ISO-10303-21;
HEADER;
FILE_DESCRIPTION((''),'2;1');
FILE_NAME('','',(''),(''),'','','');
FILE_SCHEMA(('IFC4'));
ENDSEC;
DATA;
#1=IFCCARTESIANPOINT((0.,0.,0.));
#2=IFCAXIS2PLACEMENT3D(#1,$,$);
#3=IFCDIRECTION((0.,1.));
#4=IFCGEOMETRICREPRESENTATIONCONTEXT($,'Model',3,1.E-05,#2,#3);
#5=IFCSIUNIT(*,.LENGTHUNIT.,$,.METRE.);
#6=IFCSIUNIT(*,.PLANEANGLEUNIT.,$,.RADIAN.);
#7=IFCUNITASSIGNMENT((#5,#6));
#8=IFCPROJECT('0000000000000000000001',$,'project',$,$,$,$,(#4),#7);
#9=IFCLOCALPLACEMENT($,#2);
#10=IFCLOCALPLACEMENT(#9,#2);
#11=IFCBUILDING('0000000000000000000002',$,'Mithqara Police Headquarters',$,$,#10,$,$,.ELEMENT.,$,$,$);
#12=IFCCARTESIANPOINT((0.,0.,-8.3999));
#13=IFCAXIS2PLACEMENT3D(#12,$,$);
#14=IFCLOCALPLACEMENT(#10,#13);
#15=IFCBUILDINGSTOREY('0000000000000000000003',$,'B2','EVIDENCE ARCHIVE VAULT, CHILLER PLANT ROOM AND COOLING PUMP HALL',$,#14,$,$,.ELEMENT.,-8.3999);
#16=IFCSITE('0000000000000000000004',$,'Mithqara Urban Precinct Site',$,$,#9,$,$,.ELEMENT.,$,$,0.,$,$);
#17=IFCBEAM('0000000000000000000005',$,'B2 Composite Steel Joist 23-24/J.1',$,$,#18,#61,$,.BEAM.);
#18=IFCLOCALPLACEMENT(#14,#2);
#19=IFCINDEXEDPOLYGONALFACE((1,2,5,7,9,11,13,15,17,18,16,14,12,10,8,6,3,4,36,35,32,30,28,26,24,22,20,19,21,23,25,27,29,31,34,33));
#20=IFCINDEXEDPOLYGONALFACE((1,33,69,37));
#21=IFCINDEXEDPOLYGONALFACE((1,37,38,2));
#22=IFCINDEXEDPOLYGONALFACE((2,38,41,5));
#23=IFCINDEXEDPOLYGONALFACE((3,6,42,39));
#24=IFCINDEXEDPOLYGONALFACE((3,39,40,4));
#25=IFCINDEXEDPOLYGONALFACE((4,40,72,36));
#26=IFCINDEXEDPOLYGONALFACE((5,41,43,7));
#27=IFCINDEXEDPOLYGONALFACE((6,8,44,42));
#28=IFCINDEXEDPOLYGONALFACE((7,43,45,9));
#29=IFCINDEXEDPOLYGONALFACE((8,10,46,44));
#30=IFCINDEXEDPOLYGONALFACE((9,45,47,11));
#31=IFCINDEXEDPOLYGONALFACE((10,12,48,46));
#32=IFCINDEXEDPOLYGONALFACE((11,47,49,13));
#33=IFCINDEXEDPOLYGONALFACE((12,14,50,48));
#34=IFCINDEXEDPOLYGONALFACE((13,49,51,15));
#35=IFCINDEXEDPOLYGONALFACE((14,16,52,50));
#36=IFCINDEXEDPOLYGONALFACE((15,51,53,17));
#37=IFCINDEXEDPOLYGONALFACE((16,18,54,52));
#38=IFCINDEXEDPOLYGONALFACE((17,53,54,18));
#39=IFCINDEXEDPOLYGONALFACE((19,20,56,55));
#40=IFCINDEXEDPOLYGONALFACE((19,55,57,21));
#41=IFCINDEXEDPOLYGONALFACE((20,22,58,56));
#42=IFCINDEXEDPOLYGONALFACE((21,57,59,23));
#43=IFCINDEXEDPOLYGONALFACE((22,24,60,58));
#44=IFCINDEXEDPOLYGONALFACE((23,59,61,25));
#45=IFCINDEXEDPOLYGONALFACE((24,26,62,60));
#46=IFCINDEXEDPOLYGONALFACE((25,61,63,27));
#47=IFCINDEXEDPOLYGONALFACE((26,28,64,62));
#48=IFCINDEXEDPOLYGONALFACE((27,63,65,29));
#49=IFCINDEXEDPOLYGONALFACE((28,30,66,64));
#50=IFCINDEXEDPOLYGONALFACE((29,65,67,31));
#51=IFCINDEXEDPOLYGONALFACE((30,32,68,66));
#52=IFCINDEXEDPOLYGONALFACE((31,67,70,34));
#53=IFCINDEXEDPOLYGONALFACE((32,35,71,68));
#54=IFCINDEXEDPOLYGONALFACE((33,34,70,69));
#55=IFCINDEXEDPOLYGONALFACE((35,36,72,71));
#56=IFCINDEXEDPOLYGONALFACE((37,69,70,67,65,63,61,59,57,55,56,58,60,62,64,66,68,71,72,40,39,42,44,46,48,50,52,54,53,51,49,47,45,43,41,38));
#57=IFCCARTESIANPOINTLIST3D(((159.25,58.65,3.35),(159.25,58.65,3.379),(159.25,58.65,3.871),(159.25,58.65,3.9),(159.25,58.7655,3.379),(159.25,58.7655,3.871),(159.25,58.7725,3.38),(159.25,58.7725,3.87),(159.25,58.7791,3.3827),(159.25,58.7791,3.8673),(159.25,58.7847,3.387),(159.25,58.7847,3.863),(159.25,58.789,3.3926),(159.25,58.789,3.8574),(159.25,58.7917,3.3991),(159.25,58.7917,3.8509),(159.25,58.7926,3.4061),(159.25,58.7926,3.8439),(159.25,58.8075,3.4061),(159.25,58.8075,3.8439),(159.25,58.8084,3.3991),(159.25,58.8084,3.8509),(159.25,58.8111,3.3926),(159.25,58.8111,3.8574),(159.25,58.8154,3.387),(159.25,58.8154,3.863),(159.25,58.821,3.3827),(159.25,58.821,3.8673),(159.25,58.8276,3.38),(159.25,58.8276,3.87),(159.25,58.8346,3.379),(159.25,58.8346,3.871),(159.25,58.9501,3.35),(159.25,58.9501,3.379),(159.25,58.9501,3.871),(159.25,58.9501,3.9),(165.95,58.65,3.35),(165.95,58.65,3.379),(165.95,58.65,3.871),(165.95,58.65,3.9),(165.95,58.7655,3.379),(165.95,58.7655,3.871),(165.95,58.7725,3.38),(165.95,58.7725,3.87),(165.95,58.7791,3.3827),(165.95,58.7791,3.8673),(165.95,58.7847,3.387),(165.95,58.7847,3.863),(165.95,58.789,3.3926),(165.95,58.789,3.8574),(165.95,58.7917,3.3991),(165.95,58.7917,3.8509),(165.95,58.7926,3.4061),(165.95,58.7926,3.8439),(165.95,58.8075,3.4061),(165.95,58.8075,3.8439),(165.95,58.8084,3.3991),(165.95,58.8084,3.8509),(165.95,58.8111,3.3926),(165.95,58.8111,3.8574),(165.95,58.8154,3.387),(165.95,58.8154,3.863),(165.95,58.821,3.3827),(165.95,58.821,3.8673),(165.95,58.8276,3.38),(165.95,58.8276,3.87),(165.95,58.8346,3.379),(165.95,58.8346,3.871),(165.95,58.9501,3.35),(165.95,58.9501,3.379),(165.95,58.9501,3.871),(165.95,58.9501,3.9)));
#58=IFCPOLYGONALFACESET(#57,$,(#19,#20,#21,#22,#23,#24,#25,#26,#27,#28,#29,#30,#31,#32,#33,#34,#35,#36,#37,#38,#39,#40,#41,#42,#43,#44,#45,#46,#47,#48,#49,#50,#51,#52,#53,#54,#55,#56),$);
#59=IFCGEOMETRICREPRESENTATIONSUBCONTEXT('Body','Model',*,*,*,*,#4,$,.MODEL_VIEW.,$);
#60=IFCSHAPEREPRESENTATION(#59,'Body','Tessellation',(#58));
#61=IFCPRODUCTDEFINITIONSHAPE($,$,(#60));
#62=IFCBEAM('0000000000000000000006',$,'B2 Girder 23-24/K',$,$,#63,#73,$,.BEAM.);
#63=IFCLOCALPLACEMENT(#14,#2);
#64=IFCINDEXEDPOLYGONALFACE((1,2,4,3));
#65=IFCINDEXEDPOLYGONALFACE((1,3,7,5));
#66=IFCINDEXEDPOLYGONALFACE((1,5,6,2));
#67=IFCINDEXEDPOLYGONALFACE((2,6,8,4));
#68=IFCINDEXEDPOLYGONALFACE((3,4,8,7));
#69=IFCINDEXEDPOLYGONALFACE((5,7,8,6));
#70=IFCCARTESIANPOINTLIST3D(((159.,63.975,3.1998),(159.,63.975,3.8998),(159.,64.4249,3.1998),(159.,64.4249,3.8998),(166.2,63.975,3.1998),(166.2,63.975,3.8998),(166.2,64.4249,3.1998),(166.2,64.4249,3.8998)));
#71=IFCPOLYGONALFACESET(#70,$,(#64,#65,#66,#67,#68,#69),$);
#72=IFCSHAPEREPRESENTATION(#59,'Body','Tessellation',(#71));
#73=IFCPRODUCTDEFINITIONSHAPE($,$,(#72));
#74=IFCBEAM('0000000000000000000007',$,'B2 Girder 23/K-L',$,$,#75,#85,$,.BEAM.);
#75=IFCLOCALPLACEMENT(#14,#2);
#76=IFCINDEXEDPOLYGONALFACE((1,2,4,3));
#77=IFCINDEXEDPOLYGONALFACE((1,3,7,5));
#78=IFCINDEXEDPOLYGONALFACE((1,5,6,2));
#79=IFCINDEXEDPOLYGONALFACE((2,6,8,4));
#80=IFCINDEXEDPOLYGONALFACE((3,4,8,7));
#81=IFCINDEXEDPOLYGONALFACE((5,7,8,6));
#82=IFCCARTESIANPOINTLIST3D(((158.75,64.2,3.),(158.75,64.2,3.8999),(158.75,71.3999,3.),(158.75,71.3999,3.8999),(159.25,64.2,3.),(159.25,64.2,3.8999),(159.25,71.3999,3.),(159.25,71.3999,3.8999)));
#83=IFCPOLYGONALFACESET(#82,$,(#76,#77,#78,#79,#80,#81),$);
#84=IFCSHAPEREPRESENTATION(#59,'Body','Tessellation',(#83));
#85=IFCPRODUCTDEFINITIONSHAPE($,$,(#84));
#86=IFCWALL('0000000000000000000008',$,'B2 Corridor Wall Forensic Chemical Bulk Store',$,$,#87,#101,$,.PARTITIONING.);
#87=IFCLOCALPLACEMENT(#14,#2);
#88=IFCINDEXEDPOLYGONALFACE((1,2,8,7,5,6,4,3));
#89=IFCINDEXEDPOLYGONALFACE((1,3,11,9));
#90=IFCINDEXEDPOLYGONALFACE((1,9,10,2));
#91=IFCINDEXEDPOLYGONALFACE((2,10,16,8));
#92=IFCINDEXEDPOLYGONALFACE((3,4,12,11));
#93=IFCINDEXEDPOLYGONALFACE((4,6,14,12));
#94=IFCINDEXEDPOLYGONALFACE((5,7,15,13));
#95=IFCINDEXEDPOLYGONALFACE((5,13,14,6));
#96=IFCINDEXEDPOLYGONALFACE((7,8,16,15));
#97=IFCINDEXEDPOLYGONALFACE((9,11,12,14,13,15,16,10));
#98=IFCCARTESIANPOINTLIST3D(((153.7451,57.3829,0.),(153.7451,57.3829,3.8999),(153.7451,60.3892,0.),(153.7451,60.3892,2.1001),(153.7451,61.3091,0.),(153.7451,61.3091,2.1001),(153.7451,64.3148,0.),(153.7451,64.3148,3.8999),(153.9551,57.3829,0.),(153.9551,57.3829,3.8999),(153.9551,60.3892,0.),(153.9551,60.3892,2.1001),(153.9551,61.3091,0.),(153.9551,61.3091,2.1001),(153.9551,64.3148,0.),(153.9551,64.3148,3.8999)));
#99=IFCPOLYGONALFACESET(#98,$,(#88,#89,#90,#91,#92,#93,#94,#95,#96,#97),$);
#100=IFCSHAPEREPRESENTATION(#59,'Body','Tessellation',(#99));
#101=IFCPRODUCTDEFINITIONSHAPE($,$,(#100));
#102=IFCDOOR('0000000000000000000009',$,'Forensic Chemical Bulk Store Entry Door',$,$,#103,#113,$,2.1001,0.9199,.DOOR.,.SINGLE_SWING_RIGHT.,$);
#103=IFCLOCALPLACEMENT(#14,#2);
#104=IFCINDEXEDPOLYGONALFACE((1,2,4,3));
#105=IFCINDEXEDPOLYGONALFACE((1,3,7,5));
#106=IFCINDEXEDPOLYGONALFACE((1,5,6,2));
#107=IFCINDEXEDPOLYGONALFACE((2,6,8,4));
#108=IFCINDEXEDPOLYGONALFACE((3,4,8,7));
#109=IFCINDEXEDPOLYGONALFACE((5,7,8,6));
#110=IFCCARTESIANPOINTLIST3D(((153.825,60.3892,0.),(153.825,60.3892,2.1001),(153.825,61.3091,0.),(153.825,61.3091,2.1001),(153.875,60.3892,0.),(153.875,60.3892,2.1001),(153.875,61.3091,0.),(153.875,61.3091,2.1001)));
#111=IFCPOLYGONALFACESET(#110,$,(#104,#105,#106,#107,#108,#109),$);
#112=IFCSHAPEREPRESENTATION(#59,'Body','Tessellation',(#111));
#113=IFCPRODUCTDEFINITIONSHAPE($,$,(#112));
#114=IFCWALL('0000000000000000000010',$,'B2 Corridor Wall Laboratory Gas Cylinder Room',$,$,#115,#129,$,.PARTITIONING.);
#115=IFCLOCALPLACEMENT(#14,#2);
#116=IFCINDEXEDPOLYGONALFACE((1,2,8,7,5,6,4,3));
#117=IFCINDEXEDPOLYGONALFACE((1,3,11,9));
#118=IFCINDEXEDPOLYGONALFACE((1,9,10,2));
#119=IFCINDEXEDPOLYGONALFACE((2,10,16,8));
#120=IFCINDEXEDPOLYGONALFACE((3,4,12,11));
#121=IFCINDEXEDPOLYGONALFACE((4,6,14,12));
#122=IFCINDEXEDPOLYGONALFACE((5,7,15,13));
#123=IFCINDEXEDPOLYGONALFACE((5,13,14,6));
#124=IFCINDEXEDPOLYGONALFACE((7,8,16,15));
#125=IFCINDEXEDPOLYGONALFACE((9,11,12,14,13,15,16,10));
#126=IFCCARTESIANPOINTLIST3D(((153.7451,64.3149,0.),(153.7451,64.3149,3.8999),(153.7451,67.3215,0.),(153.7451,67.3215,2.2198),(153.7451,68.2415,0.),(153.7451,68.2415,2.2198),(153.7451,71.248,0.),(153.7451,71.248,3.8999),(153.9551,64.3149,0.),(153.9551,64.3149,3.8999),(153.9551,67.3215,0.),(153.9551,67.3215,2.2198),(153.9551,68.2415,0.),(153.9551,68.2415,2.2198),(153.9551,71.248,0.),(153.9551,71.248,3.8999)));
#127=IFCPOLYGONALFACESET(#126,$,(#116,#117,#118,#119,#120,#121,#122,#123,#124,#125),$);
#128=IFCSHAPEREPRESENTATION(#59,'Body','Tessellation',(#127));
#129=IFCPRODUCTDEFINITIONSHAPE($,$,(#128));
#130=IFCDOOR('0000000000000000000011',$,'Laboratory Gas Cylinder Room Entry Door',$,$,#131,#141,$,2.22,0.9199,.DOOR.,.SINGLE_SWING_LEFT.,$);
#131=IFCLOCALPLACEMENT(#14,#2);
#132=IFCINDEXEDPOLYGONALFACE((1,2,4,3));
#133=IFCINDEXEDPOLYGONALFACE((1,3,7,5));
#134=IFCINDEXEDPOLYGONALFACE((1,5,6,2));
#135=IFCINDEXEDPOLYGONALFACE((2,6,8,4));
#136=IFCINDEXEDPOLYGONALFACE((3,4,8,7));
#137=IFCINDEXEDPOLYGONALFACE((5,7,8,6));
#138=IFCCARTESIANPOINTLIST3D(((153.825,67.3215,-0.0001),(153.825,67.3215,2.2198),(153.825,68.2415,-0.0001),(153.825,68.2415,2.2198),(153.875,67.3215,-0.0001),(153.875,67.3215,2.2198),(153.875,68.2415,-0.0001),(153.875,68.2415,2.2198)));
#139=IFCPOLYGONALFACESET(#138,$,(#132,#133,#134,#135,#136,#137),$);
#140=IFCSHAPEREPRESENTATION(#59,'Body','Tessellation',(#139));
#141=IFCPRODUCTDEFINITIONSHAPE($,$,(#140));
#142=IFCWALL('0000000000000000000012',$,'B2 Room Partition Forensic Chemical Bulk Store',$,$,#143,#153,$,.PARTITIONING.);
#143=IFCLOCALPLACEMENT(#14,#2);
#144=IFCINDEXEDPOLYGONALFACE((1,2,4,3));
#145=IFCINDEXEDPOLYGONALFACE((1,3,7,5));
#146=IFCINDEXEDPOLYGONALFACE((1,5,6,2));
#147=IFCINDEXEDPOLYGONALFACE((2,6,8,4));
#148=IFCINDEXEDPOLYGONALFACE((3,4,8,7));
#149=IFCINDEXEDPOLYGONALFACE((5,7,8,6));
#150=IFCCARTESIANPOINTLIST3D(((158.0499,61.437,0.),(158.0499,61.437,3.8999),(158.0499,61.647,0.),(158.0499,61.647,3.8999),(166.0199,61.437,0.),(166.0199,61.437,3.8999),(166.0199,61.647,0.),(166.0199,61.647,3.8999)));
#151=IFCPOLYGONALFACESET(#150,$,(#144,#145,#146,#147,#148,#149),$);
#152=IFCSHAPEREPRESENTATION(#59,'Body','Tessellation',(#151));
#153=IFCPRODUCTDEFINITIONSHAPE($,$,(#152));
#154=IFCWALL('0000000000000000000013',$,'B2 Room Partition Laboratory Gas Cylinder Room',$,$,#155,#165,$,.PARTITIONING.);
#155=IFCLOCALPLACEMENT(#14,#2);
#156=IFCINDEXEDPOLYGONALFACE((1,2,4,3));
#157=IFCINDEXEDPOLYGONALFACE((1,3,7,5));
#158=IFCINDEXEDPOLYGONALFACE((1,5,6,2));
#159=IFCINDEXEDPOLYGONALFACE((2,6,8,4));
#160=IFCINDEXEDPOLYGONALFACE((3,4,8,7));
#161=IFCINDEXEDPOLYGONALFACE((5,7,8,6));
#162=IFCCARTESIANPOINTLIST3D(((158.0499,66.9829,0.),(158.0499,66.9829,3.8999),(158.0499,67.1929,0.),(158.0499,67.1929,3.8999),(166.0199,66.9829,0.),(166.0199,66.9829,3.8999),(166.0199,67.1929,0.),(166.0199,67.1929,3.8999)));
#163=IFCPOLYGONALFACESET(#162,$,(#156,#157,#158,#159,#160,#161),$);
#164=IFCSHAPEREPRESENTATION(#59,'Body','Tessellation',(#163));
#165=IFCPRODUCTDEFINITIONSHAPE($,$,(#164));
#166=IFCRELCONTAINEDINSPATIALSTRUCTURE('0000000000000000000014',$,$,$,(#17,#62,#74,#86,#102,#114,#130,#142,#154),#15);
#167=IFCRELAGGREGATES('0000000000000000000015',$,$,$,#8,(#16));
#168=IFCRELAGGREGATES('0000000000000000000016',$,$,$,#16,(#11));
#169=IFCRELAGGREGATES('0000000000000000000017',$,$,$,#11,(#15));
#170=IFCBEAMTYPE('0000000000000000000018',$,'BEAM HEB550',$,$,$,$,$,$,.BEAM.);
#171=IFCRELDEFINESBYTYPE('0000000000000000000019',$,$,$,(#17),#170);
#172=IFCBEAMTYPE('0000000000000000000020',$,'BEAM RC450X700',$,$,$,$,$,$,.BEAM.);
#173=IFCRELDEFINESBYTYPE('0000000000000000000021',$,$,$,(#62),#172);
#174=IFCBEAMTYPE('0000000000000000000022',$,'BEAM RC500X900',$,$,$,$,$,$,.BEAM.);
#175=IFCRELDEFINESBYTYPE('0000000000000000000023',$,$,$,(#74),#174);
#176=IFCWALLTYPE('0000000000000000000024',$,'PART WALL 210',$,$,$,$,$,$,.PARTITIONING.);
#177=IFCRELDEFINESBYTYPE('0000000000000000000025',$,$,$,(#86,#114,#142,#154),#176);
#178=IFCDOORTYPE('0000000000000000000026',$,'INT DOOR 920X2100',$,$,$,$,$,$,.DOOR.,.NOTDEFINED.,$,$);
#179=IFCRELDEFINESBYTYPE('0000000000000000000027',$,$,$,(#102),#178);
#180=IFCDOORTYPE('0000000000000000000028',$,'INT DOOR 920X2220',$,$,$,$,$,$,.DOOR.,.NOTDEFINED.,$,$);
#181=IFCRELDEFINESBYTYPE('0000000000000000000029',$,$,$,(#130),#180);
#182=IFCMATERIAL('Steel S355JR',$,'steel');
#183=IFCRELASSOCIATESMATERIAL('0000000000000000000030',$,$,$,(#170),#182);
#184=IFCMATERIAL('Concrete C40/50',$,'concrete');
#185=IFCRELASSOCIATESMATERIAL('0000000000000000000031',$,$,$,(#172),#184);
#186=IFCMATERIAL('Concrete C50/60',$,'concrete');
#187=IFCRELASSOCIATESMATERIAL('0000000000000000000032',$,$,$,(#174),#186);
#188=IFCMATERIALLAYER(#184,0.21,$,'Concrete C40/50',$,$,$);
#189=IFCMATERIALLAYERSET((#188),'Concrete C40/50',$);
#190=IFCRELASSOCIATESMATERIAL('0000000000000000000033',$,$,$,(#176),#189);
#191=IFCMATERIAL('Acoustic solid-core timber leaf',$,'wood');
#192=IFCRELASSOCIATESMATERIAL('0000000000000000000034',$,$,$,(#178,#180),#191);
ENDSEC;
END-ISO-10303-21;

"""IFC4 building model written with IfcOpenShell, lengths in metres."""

from ifc_helpers import new_model, si_unit, direction, frame, frame_2d, origin, origin_2d, place, context, subcontext, project, spatial, rectangle, i_section, extrude, material, layer, layer_set, material_profile, profile_set, type_object, element, fill, save


model = new_model("IFC4")

# Units and contexts
model_context = context("Model", 3, precision=1e-05, world=origin(), true_north=direction((0.0, 1.0)))
body_context = subcontext(model_context, "Body", "Model", "MODEL_VIEW")
ifc_project = project(units=[si_unit("LENGTHUNIT", "METRE"), si_unit("PLANEANGLEUNIT", "RADIAN")], contexts=[model_context])

# Site, building, storey
site_placement = place(None, origin())
site = spatial("IfcSite", under=ifc_project, at=site_placement, Name="Mithqara Urban Precinct Site", CompositionType="ELEMENT", RefElevation=0.0)
building_placement = place(site_placement, origin())
building = spatial("IfcBuilding", under=site, at=building_placement, Name="Mithqara Police Headquarters", CompositionType="ELEMENT")
storey_placement = place(building_placement, frame((0.0, 0.0, -8.3999)))
storey = spatial("IfcBuildingStorey", under=building, at=storey_placement, Name="B2", Description="EVIDENCE ARCHIVE VAULT, CHILLER PLANT ROOM AND COOLING PUMP HALL", CompositionType="ELEMENT", Elevation=-8.3999)

# Shared definitions
ifc_material_1 = material(Name="Concrete C40/50", Category="concrete")

# Shared definitions
ifc_material_2 = material(Name="Concrete C50/60", Category="concrete")

# Beams
ifc_material_3 = material(Name="Steel S355JR", Category="steel")
ifc_material_profile_1 = material_profile(ifc_material_3, i_section(OverallWidth=0.3, OverallDepth=0.55, WebThickness=0.0149, FlangeThickness=0.0291, FilletRadius=0.0271, at=origin_2d()), Name="HEB 550")
ifc_profile_set_1 = profile_set([ifc_material_profile_1], Name="Steel S355JR")
beam_type_1 = type_object("IfcBeamType", Name="BEAM HEB550", PredefinedType="BEAM", material=ifc_profile_set_1)
beam_1_placement = place(storey_placement, frame((159.25, 58.8, 3.625), z_axis=(1.0, 0.0, 0.0), x_axis=(0.0, 1.0, 0.0)))
element("IfcBeam", 1, at=beam_1_placement, inside=storey, type_object=beam_type_1, Name="B2 Composite Steel Joist 23-24/J.1", PredefinedType="BEAM", context=body_context, shape_type="SweptSolid", body=[
    extrude(i_section(OverallWidth=0.3, OverallDepth=0.55, WebThickness=0.0149, FlangeThickness=0.0291, FilletRadius=0.0271, at=origin_2d()), origin(), (0.0, 0.0, 1.0), 6.7),
])
ifc_material_profile_2 = material_profile(ifc_material_1, rectangle(XDim=0.45, YDim=0.7, at=origin_2d()), Name="RC 450x700")
ifc_profile_set_2 = profile_set([ifc_material_profile_2], Name="Concrete C40/50")
beam_type_2 = type_object("IfcBeamType", Name="BEAM RC450X700", PredefinedType="BEAM", material=ifc_profile_set_2)
beam_2_placement = place(storey_placement, frame((159.0, 64.2, 3.5498), z_axis=(1.0, 0.0, 0.0), x_axis=(0.0, 1.0, 0.0)))
element("IfcBeam", 2, at=beam_2_placement, inside=storey, type_object=beam_type_2, Name="B2 Girder 23-24/K", PredefinedType="BEAM", context=body_context, shape_type="SweptSolid", body=[
    extrude(rectangle(XDim=0.45, YDim=0.7, at=origin_2d()), origin(), (0.0, 0.0, 1.0), 7.2),
])
ifc_material_profile_3 = material_profile(ifc_material_2, rectangle(XDim=0.5, YDim=0.8999, at=origin_2d()), Name="RC 500x900")
ifc_profile_set_3 = profile_set([ifc_material_profile_3], Name="Concrete C50/60")
beam_type_3 = type_object("IfcBeamType", Name="BEAM RC500X900", PredefinedType="BEAM", material=ifc_profile_set_3)
beam_3_placement = place(storey_placement, frame((159.0, 64.2, 3.45), z_axis=(0.0, 1.0, 0.0), x_axis=(-1.0, 0.0, 0.0)))
element("IfcBeam", 3, at=beam_3_placement, inside=storey, type_object=beam_type_3, Name="B2 Girder 23/K-L", PredefinedType="BEAM", context=body_context, shape_type="SweptSolid", body=[
    extrude(rectangle(XDim=0.5, YDim=0.8999, at=origin_2d()), origin(), (0.0, 0.0, 1.0), 7.2),
])

# Walls, openings, doors
ifc_layer = layer(ifc_material_1, 0.21, Name="Concrete C40/50")
ifc_layer_set = layer_set([ifc_layer], Name="Concrete C40/50")
wall_type = type_object("IfcWallType", Name="PART WALL 210", PredefinedType="PARTITIONING", material=ifc_layer_set)
wall_1_placement = place(storey_placement, frame((153.8501, 57.3831, 0.0), z_axis=(0.0, 0.0, 1.0), x_axis=(0.0, 1.0, 0.0)))
wall_1 = element("IfcWall", 4, at=wall_1_placement, inside=storey, type_object=wall_type, Name="B2 Corridor Wall Forensic Chemical Bulk Store", PredefinedType="PARTITIONING", context=body_context, shape_type="SweptSolid", body=[
    extrude(rectangle(XDim=6.9319, YDim=0.21, at=frame_2d((3.4658, 0.0))), origin(), (0.0, 0.0, 1.0), 3.8999),
])
opening_1_placement = place(wall_1_placement, frame((3.0061, 0.0, 0.0)))
opening_1 = element("IfcOpeningElement", 5, at=opening_1_placement, cuts=wall_1, PredefinedType="OPENING", context=body_context, shape_type="SweptSolid", body=[
    extrude(rectangle(XDim=0.9199, YDim=2.1001, at=frame_2d((0.46, 1.05))), frame((0.0, 0.115, 0.0), z_axis=(0.0, -1.0, 0.0), x_axis=(1.0, 0.0, 0.0)), (0.0, 0.0, 1.0), 0.23),
])
ifc_material_4 = material(Name="Acoustic solid-core timber leaf", Category="wood")
door_type_1 = type_object("IfcDoorType", Name="INT DOOR 920X2100", OperationType="NOTDEFINED", PredefinedType="DOOR", material=ifc_material_4)
door_1_placement = place(opening_1_placement, frame((0.9199, 0.0, 0.0), z_axis=(0.0, 0.0, 1.0), x_axis=(-1.0, 0.0, 0.0)))
door_1 = element("IfcDoor", 6, at=door_1_placement, inside=storey, type_object=door_type_1, Name="Forensic Chemical Bulk Store Entry Door", OperationType="SINGLE_SWING_RIGHT", OverallHeight=2.1001, OverallWidth=0.9199, PredefinedType="DOOR", context=body_context, shape_type="SweptSolid", body=[
    extrude(rectangle(XDim=0.9199, YDim=2.1001, at=frame_2d((0.46, 1.05))), frame((0.0, 0.0249, 0.0), z_axis=(0.0, -1.0, 0.0), x_axis=(1.0, 0.0, 0.0)), (0.0, 0.0, 1.0), 0.05),
])
fill(opening_1, door_1)
wall_2_placement = place(storey_placement, frame((153.8501, 64.3149, 0.0), z_axis=(0.0, 0.0, 1.0), x_axis=(0.0, 1.0, 0.0)))
wall_2 = element("IfcWall", 7, at=wall_2_placement, inside=storey, type_object=wall_type, Name="B2 Corridor Wall Laboratory Gas Cylinder Room", PredefinedType="PARTITIONING", context=body_context, shape_type="SweptSolid", body=[
    extrude(rectangle(XDim=6.9331, YDim=0.21, at=frame_2d((3.4666, 0.0))), origin(), (0.0, 0.0, 1.0), 3.8999),
])
opening_2_placement = place(wall_2_placement, frame((3.0066, 0.0, 0.0)))
opening_2 = element("IfcOpeningElement", 8, at=opening_2_placement, cuts=wall_2, PredefinedType="OPENING", context=body_context, shape_type="SweptSolid", body=[
    extrude(rectangle(XDim=0.9199, YDim=2.22, at=frame_2d((0.46, 1.1099))), frame((0.0, 0.115, 0.0), z_axis=(0.0, -1.0, 0.0), x_axis=(1.0, 0.0, 0.0)), (0.0, 0.0, 1.0), 0.23),
])
door_type_2 = type_object("IfcDoorType", Name="INT DOOR 920X2220", OperationType="NOTDEFINED", PredefinedType="DOOR", material=ifc_material_4)
door_2_placement = place(opening_2_placement, frame((0.9199, 0.0, 0.0), z_axis=(0.0, 0.0, 1.0), x_axis=(-1.0, 0.0, 0.0)))
door_2 = element("IfcDoor", 9, at=door_2_placement, inside=storey, type_object=door_type_2, Name="Laboratory Gas Cylinder Room Entry Door", OperationType="SINGLE_SWING_LEFT", OverallHeight=2.22, OverallWidth=0.9199, PredefinedType="DOOR", context=body_context, shape_type="SweptSolid", body=[
    extrude(rectangle(XDim=0.9199, YDim=2.22, at=frame_2d((0.46, 1.1099))), frame((0.0, 0.0249, 0.0), z_axis=(0.0, -1.0, 0.0), x_axis=(1.0, 0.0, 0.0)), (0.0, 0.0, 1.0), 0.05),
])
fill(opening_2, door_2)

# Walls
for number, where, z_axis, x_axis, name in (
    (10, (158.05, 61.542, 0.0), (0.0, 0.0, 1.0), (1.0, 0.0, 0.0), "B2 Room Partition Forensic Chemical Bulk Store"),
    (11, (158.05, 67.0879, 0.0), (0.0, 0.0, 1.0), (1.0, 0.0, 0.0), "B2 Room Partition Laboratory Gas Cylinder Room"),
):
    element("IfcWall", number, at=place(storey_placement, frame(where, z_axis=z_axis, x_axis=x_axis)), inside=storey, type_object=wall_type, Name=name, PredefinedType="PARTITIONING", context=body_context, shape_type="SweptSolid", body=[
        extrude(rectangle(XDim=7.97, YDim=0.21, at=frame_2d((3.9849, 0.0))), origin(), (0.0, 0.0, 1.0), 3.8999),
    ])

save(model, "model.ifc")
